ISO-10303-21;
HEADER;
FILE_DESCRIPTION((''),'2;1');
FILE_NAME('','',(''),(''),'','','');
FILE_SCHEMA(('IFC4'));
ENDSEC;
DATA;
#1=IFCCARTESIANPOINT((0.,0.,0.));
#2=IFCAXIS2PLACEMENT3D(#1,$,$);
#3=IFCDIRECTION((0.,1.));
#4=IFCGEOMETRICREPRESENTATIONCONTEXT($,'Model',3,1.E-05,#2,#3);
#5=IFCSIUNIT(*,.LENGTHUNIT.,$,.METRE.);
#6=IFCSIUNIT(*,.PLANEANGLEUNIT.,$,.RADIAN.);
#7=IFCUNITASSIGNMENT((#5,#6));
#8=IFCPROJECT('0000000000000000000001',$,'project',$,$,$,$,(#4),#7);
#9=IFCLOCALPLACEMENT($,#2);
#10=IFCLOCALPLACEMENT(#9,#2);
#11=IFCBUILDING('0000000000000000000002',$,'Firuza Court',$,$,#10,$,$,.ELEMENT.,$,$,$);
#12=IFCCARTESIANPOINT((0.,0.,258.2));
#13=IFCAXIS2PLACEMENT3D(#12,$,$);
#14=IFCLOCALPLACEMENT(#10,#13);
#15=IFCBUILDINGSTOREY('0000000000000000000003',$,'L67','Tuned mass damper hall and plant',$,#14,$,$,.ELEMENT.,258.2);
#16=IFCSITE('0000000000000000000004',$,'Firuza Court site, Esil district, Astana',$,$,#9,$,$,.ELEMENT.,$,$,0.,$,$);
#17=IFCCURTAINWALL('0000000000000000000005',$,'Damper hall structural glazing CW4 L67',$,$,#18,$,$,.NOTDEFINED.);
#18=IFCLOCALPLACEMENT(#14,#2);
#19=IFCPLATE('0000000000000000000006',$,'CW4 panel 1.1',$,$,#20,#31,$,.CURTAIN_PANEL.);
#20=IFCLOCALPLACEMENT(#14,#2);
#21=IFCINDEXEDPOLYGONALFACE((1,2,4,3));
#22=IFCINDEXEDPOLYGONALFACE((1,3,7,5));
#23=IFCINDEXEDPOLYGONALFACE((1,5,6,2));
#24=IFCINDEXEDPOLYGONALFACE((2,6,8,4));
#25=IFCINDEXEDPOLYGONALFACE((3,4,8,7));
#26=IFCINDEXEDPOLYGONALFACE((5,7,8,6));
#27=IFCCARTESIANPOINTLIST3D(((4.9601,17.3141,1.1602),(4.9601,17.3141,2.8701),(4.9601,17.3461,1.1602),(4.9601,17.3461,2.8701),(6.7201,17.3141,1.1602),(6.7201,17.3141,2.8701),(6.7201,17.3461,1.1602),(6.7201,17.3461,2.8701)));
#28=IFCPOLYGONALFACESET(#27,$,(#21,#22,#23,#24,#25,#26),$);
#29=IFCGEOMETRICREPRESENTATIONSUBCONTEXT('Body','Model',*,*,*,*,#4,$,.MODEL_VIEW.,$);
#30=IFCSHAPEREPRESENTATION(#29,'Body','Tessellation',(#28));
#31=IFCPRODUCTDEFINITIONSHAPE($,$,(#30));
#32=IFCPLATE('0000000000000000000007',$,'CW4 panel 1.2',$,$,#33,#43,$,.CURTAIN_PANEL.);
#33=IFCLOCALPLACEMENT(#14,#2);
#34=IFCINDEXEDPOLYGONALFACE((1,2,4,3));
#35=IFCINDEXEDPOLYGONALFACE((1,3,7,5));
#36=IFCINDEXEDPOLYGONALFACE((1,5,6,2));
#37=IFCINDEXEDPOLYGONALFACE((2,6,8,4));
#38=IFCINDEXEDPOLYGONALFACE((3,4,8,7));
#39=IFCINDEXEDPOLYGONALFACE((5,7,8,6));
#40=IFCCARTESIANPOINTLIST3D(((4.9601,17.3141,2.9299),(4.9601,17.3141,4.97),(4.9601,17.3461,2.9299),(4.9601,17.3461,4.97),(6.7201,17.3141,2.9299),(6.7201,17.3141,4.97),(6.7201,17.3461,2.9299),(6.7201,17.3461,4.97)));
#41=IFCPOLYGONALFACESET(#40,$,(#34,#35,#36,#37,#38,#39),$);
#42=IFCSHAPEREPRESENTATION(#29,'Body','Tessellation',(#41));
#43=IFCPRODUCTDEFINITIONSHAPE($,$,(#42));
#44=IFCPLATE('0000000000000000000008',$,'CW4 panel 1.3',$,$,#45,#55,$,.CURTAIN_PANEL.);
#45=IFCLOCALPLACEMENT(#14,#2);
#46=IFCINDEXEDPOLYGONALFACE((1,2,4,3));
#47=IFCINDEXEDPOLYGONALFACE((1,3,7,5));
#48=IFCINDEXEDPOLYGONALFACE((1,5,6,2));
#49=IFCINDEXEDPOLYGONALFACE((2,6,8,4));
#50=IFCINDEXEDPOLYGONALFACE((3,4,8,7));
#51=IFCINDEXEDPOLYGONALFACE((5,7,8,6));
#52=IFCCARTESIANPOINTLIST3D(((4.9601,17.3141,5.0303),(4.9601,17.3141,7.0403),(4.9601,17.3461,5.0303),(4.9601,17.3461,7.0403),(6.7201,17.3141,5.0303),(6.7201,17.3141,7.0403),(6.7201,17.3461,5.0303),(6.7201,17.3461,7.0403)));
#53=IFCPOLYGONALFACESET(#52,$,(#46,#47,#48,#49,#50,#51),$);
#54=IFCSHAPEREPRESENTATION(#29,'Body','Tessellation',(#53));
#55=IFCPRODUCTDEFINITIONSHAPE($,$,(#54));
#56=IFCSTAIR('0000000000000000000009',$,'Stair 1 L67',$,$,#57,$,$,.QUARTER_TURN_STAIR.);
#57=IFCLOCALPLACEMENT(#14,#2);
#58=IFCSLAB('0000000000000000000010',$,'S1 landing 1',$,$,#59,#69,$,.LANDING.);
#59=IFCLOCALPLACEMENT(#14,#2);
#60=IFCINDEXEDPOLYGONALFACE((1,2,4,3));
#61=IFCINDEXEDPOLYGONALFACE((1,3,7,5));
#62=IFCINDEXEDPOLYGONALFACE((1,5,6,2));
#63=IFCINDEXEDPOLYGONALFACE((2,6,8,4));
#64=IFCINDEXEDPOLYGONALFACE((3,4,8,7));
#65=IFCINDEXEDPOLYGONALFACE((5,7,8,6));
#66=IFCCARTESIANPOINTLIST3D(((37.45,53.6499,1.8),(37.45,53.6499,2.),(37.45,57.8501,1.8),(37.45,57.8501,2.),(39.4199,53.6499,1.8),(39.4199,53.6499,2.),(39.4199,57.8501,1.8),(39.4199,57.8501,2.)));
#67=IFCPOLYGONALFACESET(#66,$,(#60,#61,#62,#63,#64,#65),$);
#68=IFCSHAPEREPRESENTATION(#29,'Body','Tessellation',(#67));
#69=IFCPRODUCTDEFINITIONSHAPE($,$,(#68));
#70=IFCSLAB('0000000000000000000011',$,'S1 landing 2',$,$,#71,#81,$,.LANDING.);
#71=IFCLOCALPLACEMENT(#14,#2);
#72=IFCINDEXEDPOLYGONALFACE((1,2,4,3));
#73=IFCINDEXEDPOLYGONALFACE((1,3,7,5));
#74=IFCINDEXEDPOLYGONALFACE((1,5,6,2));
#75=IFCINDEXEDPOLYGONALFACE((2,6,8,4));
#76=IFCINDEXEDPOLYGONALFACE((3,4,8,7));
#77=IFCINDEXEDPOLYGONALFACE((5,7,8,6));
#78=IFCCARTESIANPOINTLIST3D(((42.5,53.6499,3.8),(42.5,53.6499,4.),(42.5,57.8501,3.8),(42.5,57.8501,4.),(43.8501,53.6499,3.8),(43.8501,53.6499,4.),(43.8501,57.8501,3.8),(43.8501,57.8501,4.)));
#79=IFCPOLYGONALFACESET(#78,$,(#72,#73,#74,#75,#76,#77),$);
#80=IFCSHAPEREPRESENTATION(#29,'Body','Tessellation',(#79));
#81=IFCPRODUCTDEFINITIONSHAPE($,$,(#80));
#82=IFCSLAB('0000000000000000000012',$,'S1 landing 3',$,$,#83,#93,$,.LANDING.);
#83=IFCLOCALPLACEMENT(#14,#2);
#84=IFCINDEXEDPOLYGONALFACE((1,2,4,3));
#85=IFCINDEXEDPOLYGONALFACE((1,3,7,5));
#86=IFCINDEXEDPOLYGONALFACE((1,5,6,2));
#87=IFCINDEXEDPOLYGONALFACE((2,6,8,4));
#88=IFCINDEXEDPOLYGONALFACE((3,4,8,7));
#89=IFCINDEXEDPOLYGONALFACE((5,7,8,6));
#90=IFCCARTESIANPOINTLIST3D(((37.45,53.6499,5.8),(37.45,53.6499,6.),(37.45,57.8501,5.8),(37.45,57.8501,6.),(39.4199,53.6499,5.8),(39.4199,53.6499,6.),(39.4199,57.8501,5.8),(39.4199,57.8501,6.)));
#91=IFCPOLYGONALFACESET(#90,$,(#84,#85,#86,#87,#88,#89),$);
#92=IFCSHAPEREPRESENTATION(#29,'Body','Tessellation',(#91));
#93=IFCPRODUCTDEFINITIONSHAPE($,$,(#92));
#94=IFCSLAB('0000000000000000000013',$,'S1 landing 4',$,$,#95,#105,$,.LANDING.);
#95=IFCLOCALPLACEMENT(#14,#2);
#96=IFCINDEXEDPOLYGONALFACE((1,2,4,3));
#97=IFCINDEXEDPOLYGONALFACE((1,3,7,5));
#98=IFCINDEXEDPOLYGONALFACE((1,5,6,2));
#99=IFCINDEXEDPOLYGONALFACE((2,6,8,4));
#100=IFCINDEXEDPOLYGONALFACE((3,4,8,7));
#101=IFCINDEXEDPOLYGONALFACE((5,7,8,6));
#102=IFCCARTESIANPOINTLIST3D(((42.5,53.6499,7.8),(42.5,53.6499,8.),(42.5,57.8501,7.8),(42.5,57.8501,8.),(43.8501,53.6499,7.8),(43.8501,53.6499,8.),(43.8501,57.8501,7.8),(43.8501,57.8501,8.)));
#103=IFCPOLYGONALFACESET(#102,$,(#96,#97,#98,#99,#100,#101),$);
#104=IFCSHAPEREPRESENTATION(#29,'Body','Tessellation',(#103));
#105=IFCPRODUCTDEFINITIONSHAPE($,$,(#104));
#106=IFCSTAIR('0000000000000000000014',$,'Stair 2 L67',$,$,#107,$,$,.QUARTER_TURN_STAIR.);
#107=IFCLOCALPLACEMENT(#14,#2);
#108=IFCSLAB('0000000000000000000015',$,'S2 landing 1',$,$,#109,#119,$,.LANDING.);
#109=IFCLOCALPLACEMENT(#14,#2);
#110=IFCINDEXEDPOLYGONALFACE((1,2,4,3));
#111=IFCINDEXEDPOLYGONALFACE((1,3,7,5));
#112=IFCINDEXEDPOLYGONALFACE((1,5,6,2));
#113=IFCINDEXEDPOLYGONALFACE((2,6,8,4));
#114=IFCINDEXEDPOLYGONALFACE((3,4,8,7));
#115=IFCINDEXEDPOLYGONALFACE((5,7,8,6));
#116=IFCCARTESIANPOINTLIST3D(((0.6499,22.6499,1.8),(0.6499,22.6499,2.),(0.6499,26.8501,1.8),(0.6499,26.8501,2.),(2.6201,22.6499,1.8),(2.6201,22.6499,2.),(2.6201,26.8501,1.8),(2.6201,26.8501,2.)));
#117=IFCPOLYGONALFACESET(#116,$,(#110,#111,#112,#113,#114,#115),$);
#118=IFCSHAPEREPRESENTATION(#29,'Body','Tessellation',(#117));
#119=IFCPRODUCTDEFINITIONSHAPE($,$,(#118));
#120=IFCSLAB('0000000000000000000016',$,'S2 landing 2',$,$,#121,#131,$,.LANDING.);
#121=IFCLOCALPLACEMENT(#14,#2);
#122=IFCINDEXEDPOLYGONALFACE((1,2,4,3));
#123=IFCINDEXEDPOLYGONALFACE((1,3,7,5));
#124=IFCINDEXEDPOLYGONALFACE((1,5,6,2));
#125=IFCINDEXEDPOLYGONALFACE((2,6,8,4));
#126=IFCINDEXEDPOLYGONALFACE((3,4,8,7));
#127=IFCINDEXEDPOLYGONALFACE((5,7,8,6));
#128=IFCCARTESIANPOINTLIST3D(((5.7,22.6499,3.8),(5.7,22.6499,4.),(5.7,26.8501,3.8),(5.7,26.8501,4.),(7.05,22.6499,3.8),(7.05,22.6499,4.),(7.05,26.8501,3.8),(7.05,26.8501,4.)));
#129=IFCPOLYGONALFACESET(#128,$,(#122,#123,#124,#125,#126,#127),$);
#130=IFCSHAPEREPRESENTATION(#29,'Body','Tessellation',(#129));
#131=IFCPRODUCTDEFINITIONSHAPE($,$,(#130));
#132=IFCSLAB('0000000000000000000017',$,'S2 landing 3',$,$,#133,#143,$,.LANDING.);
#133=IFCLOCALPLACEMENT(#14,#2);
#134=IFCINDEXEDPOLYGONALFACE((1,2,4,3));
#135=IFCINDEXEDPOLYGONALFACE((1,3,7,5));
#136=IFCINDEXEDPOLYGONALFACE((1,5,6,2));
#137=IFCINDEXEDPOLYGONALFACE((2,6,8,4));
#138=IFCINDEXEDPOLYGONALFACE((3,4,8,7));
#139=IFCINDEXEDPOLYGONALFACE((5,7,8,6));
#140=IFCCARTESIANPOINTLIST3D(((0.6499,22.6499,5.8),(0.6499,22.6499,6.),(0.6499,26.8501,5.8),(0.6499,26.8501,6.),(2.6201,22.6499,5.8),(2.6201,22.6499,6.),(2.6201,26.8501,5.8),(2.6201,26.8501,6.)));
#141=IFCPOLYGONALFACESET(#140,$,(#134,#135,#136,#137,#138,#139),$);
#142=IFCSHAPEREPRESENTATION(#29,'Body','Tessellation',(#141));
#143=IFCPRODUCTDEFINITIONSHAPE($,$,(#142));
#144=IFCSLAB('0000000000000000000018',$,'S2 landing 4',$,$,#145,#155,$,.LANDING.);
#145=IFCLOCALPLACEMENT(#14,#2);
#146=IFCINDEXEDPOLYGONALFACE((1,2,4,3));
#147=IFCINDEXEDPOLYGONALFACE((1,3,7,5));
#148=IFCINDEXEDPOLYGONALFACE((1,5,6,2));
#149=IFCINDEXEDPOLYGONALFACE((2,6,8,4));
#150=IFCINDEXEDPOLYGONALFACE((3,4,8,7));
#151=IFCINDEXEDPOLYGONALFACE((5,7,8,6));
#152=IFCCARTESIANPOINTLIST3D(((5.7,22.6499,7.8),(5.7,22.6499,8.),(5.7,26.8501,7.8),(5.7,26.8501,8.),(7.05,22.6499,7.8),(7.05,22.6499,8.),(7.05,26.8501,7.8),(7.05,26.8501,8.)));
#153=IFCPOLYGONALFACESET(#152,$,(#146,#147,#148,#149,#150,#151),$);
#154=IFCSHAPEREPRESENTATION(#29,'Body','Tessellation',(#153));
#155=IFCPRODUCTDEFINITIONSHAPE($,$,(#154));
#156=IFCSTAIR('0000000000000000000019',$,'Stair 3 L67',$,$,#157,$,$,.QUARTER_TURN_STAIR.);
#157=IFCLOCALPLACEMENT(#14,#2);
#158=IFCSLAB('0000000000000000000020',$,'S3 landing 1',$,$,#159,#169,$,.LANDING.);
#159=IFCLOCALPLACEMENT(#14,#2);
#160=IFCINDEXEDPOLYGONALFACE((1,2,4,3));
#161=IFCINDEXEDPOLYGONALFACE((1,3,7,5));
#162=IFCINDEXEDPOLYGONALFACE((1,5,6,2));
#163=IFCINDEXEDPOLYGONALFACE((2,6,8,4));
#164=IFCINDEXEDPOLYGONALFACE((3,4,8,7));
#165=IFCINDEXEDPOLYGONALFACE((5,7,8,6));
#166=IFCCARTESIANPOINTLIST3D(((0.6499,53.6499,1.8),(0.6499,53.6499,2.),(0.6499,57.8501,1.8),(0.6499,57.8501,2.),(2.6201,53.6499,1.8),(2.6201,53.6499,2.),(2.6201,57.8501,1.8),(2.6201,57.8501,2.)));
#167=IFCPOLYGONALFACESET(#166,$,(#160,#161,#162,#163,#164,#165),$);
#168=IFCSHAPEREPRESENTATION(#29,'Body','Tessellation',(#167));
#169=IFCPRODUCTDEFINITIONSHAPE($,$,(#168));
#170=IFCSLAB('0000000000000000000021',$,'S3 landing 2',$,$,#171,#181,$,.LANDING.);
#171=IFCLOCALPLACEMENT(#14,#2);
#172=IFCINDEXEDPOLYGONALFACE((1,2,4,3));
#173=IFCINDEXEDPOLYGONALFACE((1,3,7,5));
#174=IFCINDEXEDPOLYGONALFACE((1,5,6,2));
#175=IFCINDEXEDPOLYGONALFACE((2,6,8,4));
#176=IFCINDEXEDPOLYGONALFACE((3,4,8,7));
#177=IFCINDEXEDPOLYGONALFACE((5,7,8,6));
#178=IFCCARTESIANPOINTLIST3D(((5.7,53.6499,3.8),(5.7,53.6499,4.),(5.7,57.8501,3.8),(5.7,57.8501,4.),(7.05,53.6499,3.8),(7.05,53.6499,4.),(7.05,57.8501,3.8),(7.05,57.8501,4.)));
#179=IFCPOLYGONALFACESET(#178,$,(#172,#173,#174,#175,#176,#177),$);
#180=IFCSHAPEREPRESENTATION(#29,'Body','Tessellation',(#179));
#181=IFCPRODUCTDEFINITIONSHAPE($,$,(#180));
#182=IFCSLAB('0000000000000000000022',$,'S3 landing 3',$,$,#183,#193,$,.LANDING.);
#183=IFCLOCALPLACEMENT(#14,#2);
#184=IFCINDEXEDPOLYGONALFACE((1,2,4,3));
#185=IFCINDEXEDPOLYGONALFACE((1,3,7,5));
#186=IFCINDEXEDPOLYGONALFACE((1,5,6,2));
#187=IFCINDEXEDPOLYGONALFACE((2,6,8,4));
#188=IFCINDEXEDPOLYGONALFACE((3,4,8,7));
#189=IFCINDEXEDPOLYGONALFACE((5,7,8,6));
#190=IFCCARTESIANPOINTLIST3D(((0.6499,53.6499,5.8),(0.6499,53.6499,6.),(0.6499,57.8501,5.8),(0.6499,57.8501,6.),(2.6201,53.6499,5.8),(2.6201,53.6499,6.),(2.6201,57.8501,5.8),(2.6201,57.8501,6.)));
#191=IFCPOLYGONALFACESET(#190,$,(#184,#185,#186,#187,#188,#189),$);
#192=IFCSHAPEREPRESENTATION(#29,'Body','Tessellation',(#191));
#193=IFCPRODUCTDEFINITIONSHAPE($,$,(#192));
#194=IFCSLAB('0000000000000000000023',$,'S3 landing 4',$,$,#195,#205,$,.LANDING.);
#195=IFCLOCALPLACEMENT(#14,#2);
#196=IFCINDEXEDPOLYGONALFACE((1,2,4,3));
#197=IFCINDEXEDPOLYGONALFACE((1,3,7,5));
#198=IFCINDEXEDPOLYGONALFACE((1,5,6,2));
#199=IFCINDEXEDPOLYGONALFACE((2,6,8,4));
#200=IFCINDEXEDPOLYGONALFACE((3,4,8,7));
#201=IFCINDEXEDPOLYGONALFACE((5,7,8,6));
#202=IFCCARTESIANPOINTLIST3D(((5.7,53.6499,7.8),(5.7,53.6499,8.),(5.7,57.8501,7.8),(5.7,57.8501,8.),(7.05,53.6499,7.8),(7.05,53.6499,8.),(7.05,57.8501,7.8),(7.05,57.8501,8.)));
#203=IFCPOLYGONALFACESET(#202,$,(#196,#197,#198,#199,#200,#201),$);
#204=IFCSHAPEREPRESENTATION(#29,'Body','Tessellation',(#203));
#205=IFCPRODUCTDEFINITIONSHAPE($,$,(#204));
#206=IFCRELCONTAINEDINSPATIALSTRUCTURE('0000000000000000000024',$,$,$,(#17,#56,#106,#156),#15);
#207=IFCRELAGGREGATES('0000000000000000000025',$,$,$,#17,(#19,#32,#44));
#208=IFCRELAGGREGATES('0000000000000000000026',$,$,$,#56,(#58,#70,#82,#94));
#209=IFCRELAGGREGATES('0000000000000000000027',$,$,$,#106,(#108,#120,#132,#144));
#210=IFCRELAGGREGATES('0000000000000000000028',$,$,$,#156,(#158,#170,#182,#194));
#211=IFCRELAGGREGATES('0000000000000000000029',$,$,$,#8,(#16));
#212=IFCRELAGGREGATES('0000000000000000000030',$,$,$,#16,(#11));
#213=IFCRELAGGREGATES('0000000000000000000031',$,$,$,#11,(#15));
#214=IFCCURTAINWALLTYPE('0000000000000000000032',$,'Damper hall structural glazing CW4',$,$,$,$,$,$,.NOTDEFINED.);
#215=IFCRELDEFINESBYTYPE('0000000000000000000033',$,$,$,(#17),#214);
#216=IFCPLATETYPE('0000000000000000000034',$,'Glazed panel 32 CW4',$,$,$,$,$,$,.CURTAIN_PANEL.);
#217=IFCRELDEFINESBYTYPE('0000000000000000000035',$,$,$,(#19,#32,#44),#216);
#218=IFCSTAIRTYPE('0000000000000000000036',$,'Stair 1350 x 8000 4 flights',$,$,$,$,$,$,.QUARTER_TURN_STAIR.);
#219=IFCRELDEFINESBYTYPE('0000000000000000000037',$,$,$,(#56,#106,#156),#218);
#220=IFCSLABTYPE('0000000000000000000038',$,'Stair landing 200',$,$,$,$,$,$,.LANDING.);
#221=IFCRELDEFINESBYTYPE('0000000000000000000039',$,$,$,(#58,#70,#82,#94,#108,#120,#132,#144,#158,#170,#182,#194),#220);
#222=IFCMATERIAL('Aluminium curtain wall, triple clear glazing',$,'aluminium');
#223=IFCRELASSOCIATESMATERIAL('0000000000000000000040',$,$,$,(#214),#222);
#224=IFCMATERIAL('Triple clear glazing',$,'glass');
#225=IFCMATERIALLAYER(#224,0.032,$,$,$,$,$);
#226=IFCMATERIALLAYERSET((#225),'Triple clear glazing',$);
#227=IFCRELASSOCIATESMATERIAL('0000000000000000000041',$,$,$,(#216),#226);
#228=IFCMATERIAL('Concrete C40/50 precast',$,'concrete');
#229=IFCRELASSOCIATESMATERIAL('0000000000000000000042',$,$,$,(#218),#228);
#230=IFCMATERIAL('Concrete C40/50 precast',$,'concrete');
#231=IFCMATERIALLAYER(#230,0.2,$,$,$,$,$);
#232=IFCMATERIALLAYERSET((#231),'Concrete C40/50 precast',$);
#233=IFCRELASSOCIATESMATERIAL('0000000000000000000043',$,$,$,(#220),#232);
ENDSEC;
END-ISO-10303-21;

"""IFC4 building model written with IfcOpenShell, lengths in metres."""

from ifc_helpers import new_model, si_unit, direction, frame, origin, origin_2d, place, context, subcontext, project, spatial, polyline, rectangle, outline, extrude, material, layer, layer_set, type_object, element, aggregate, save


model = new_model("IFC4")

# Units and contexts
model_context = context("Model", 3, precision=1e-05, world=origin(), true_north=direction((0.0, 1.0)))
body_context = subcontext(model_context, "Body", "Model", "MODEL_VIEW")
ifc_project = project(units=[si_unit("LENGTHUNIT", "METRE"), si_unit("PLANEANGLEUNIT", "RADIAN")], contexts=[model_context])

# Site, building, storey
site_placement = place(None, origin())
site = spatial("IfcSite", under=ifc_project, at=site_placement, Name="Firuza Court site, Esil district, Astana", CompositionType="ELEMENT", RefElevation=0.0)
building_placement = place(site_placement, origin())
building = spatial("IfcBuilding", under=site, at=building_placement, Name="Firuza Court", CompositionType="ELEMENT")
storey_placement = place(building_placement, frame((0.0, 0.0, 258.2)))
storey = spatial("IfcBuildingStorey", under=building, at=storey_placement, Name="L67", Description="Tuned mass damper hall and plant", CompositionType="ELEMENT", Elevation=258.2)

# Curtain wall
ifc_material_1 = material(Name="Aluminium curtain wall, triple clear glazing", Category="aluminium")
curtain_wall_type = type_object("IfcCurtainWallType", Name="Damper hall structural glazing CW4", PredefinedType="NOTDEFINED", material=ifc_material_1)
curtain_wall_placement = place(storey_placement, origin())
curtain_wall = element("IfcCurtainWall", 1, at=curtain_wall_placement, inside=storey, type_object=curtain_wall_type, Name="Damper hall structural glazing CW4 L67", PredefinedType="NOTDEFINED")

# Plates
ifc_material_2 = material(Name="Triple clear glazing", Category="glass")
ifc_layer_1 = layer(ifc_material_2, 0.032)
ifc_layer_set_1 = layer_set([ifc_layer_1], Name="Triple clear glazing")
plate_type = type_object("IfcPlateType", Name="Glazed panel 32 CW4", PredefinedType="CURTAIN_PANEL", material=ifc_layer_set_1)
plate_1_placement = place(storey_placement, frame((5.8401, 17.3301, 1.1602), z_axis=(0.0, 0.0, 1.0), x_axis=(1.0, 0.0, 0.0)))
plate_1 = element("IfcPlate", 2, at=plate_1_placement, type_object=plate_type, Name="CW4 panel 1.1", PredefinedType="CURTAIN_PANEL", context=body_context, shape_type="SweptSolid", body=[
    extrude(rectangle(XDim=1.76, YDim=0.032, at=origin_2d()), origin(), (0.0, 0.0, 1.0), 1.71),
])
plate_2_placement = place(storey_placement, frame((5.8401, 17.3301, 2.9299), z_axis=(0.0, 0.0, 1.0), x_axis=(1.0, 0.0, 0.0)))
plate_2 = element("IfcPlate", 3, at=plate_2_placement, type_object=plate_type, Name="CW4 panel 1.2", PredefinedType="CURTAIN_PANEL", context=body_context, shape_type="SweptSolid", body=[
    extrude(rectangle(XDim=1.76, YDim=0.032, at=origin_2d()), origin(), (0.0, 0.0, 1.0), 2.04),
])
plate_3_placement = place(storey_placement, frame((5.8401, 17.3301, 5.0303), z_axis=(0.0, 0.0, 1.0), x_axis=(1.0, 0.0, 0.0)))
plate_3 = element("IfcPlate", 4, at=plate_3_placement, type_object=plate_type, Name="CW4 panel 1.3", PredefinedType="CURTAIN_PANEL", context=body_context, shape_type="SweptSolid", body=[
    extrude(rectangle(XDim=1.76, YDim=0.032, at=origin_2d()), origin(), (0.0, 0.0, 1.0), 2.01),
])
aggregate(curtain_wall, [plate_1, plate_2, plate_3])

# Stairs, slabs
ifc_material_3 = material(Name="Concrete C40/50 precast", Category="concrete")
stair_type = type_object("IfcStairType", Name="Stair 1350 x 8000 4 flights", PredefinedType="QUARTER_TURN_STAIR", material=ifc_material_3)
stair_1_placement = place(storey_placement, origin())
stair_1 = element("IfcStair", 5, at=stair_1_placement, inside=storey, type_object=stair_type, Name="Stair 1 L67", PredefinedType="QUARTER_TURN_STAIR")
ifc_material_4 = material(Name="Concrete C40/50 precast", Category="concrete")
ifc_layer_2 = layer(ifc_material_4, 0.2)
ifc_layer_set_2 = layer_set([ifc_layer_2], Name="Concrete C40/50 precast")
slab_type_1 = type_object("IfcSlabType", Name="Stair landing 200", PredefinedType="LANDING", material=ifc_layer_set_2)
slab_1_placement = place(storey_placement, frame((0.0, 0.0, 1.8)))
slab_1 = element("IfcSlab", 6, at=slab_1_placement, type_object=slab_type_1, Name="S1 landing 1", PredefinedType="LANDING", context=body_context, shape_type="SweptSolid", body=[
    extrude(outline(polyline([(39.4199, 53.6499), (39.4199, 57.8501), (37.45, 57.8501), (37.45, 53.6499), (39.4199, 53.6499)])), origin(), (0.0, 0.0, 1.0), 0.2),
])
slab_2_placement = place(storey_placement, frame((0.0, 0.0, 3.8)))
slab_2 = element("IfcSlab", 7, at=slab_2_placement, type_object=slab_type_1, Name="S1 landing 2", PredefinedType="LANDING", context=body_context, shape_type="SweptSolid", body=[
    extrude(outline(polyline([(43.8501, 53.6499), (43.8501, 57.8501), (42.5, 57.8501), (42.5, 53.6499), (43.8501, 53.6499)])), origin(), (0.0, 0.0, 1.0), 0.2),
])
slab_3_placement = place(storey_placement, frame((0.0, 0.0, 5.8)))
slab_3 = element("IfcSlab", 8, at=slab_3_placement, type_object=slab_type_1, Name="S1 landing 3", PredefinedType="LANDING", context=body_context, shape_type="SweptSolid", body=[
    extrude(outline(polyline([(39.4199, 53.6499), (39.4199, 57.8501), (37.45, 57.8501), (37.45, 53.6499), (39.4199, 53.6499)])), origin(), (0.0, 0.0, 1.0), 0.2),
])
slab_4_placement = place(storey_placement, frame((0.0, 0.0, 7.8)))
slab_4 = element("IfcSlab", 9, at=slab_4_placement, type_object=slab_type_1, Name="S1 landing 4", PredefinedType="LANDING", context=body_context, shape_type="SweptSolid", body=[
    extrude(outline(polyline([(43.8501, 53.6499), (43.8501, 57.8501), (42.5, 57.8501), (42.5, 53.6499), (43.8501, 53.6499)])), origin(), (0.0, 0.0, 1.0), 0.2),
])
aggregate(stair_1, [slab_1, slab_2, slab_3, slab_4])
stair_2_placement = place(storey_placement, origin())
stair_2 = element("IfcStair", 10, at=stair_2_placement, inside=storey, type_object=stair_type, Name="Stair 2 L67", PredefinedType="QUARTER_TURN_STAIR")
slab_5_placement = place(storey_placement, frame((0.0, 0.0, 1.8)))
slab_5 = element("IfcSlab", 11, at=slab_5_placement, type_object=slab_type_1, Name="S2 landing 1", PredefinedType="LANDING", context=body_context, shape_type="SweptSolid", body=[
    extrude(outline(polyline([(2.6201, 22.6499), (2.6201, 26.8501), (0.6499, 26.8501), (0.6499, 22.6499), (2.6201, 22.6499)])), origin(), (0.0, 0.0, 1.0), 0.2),
])
slab_6_placement = place(storey_placement, frame((0.0, 0.0, 3.8)))
slab_6 = element("IfcSlab", 12, at=slab_6_placement, type_object=slab_type_1, Name="S2 landing 2", PredefinedType="LANDING", context=body_context, shape_type="SweptSolid", body=[
    extrude(outline(polyline([(7.05, 22.6499), (7.05, 26.8501), (5.7, 26.8501), (5.7, 22.6499), (7.05, 22.6499)])), origin(), (0.0, 0.0, 1.0), 0.2),
])
slab_7_placement = place(storey_placement, frame((0.0, 0.0, 5.8)))
slab_7 = element("IfcSlab", 13, at=slab_7_placement, type_object=slab_type_1, Name="S2 landing 3", PredefinedType="LANDING", context=body_context, shape_type="SweptSolid", body=[
    extrude(outline(polyline([(2.6201, 22.6499), (2.6201, 26.8501), (0.6499, 26.8501), (0.6499, 22.6499), (2.6201, 22.6499)])), origin(), (0.0, 0.0, 1.0), 0.2),
])
slab_8_placement = place(storey_placement, frame((0.0, 0.0, 7.8)))
slab_8 = element("IfcSlab", 14, at=slab_8_placement, type_object=slab_type_1, Name="S2 landing 4", PredefinedType="LANDING", context=body_context, shape_type="SweptSolid", body=[
    extrude(outline(polyline([(7.05, 22.6499), (7.05, 26.8501), (5.7, 26.8501), (5.7, 22.6499), (7.05, 22.6499)])), origin(), (0.0, 0.0, 1.0), 0.2),
])
aggregate(stair_2, [slab_5, slab_6, slab_7, slab_8])
stair_3_placement = place(storey_placement, origin())
stair_3 = element("IfcStair", 15, at=stair_3_placement, inside=storey, type_object=stair_type, Name="Stair 3 L67", PredefinedType="QUARTER_TURN_STAIR")
slab_9_placement = place(storey_placement, frame((0.0, 0.0, 1.8)))
slab_9 = element("IfcSlab", 16, at=slab_9_placement, type_object=slab_type_1, Name="S3 landing 1", PredefinedType="LANDING", context=body_context, shape_type="SweptSolid", body=[
    extrude(outline(polyline([(2.6201, 53.6499), (2.6201, 57.8501), (0.6499, 57.8501), (0.6499, 53.6499), (2.6201, 53.6499)])), origin(), (0.0, 0.0, 1.0), 0.2),
])
slab_10_placement = place(storey_placement, frame((0.0, 0.0, 3.8)))
slab_10 = element("IfcSlab", 17, at=slab_10_placement, type_object=slab_type_1, Name="S3 landing 2", PredefinedType="LANDING", context=body_context, shape_type="SweptSolid", body=[
    extrude(outline(polyline([(7.05, 53.6499), (7.05, 57.8501), (5.7, 57.8501), (5.7, 53.6499), (7.05, 53.6499)])), origin(), (0.0, 0.0, 1.0), 0.2),
])
slab_11_placement = place(storey_placement, frame((0.0, 0.0, 5.8)))
slab_11 = element("IfcSlab", 18, at=slab_11_placement, type_object=slab_type_1, Name="S3 landing 3", PredefinedType="LANDING", context=body_context, shape_type="SweptSolid", body=[
    extrude(outline(polyline([(2.6201, 53.6499), (2.6201, 57.8501), (0.6499, 57.8501), (0.6499, 53.6499), (2.6201, 53.6499)])), origin(), (0.0, 0.0, 1.0), 0.2),
])
slab_12_placement = place(storey_placement, frame((0.0, 0.0, 7.8)))
slab_12 = element("IfcSlab", 19, at=slab_12_placement, type_object=slab_type_1, Name="S3 landing 4", PredefinedType="LANDING", context=body_context, shape_type="SweptSolid", body=[
    extrude(outline(polyline([(7.05, 53.6499), (7.05, 57.8501), (5.7, 57.8501), (5.7, 53.6499), (7.05, 53.6499)])), origin(), (0.0, 0.0, 1.0), 0.2),
])
aggregate(stair_3, [slab_9, slab_10, slab_11, slab_12])

save(model, "model.ifc")
